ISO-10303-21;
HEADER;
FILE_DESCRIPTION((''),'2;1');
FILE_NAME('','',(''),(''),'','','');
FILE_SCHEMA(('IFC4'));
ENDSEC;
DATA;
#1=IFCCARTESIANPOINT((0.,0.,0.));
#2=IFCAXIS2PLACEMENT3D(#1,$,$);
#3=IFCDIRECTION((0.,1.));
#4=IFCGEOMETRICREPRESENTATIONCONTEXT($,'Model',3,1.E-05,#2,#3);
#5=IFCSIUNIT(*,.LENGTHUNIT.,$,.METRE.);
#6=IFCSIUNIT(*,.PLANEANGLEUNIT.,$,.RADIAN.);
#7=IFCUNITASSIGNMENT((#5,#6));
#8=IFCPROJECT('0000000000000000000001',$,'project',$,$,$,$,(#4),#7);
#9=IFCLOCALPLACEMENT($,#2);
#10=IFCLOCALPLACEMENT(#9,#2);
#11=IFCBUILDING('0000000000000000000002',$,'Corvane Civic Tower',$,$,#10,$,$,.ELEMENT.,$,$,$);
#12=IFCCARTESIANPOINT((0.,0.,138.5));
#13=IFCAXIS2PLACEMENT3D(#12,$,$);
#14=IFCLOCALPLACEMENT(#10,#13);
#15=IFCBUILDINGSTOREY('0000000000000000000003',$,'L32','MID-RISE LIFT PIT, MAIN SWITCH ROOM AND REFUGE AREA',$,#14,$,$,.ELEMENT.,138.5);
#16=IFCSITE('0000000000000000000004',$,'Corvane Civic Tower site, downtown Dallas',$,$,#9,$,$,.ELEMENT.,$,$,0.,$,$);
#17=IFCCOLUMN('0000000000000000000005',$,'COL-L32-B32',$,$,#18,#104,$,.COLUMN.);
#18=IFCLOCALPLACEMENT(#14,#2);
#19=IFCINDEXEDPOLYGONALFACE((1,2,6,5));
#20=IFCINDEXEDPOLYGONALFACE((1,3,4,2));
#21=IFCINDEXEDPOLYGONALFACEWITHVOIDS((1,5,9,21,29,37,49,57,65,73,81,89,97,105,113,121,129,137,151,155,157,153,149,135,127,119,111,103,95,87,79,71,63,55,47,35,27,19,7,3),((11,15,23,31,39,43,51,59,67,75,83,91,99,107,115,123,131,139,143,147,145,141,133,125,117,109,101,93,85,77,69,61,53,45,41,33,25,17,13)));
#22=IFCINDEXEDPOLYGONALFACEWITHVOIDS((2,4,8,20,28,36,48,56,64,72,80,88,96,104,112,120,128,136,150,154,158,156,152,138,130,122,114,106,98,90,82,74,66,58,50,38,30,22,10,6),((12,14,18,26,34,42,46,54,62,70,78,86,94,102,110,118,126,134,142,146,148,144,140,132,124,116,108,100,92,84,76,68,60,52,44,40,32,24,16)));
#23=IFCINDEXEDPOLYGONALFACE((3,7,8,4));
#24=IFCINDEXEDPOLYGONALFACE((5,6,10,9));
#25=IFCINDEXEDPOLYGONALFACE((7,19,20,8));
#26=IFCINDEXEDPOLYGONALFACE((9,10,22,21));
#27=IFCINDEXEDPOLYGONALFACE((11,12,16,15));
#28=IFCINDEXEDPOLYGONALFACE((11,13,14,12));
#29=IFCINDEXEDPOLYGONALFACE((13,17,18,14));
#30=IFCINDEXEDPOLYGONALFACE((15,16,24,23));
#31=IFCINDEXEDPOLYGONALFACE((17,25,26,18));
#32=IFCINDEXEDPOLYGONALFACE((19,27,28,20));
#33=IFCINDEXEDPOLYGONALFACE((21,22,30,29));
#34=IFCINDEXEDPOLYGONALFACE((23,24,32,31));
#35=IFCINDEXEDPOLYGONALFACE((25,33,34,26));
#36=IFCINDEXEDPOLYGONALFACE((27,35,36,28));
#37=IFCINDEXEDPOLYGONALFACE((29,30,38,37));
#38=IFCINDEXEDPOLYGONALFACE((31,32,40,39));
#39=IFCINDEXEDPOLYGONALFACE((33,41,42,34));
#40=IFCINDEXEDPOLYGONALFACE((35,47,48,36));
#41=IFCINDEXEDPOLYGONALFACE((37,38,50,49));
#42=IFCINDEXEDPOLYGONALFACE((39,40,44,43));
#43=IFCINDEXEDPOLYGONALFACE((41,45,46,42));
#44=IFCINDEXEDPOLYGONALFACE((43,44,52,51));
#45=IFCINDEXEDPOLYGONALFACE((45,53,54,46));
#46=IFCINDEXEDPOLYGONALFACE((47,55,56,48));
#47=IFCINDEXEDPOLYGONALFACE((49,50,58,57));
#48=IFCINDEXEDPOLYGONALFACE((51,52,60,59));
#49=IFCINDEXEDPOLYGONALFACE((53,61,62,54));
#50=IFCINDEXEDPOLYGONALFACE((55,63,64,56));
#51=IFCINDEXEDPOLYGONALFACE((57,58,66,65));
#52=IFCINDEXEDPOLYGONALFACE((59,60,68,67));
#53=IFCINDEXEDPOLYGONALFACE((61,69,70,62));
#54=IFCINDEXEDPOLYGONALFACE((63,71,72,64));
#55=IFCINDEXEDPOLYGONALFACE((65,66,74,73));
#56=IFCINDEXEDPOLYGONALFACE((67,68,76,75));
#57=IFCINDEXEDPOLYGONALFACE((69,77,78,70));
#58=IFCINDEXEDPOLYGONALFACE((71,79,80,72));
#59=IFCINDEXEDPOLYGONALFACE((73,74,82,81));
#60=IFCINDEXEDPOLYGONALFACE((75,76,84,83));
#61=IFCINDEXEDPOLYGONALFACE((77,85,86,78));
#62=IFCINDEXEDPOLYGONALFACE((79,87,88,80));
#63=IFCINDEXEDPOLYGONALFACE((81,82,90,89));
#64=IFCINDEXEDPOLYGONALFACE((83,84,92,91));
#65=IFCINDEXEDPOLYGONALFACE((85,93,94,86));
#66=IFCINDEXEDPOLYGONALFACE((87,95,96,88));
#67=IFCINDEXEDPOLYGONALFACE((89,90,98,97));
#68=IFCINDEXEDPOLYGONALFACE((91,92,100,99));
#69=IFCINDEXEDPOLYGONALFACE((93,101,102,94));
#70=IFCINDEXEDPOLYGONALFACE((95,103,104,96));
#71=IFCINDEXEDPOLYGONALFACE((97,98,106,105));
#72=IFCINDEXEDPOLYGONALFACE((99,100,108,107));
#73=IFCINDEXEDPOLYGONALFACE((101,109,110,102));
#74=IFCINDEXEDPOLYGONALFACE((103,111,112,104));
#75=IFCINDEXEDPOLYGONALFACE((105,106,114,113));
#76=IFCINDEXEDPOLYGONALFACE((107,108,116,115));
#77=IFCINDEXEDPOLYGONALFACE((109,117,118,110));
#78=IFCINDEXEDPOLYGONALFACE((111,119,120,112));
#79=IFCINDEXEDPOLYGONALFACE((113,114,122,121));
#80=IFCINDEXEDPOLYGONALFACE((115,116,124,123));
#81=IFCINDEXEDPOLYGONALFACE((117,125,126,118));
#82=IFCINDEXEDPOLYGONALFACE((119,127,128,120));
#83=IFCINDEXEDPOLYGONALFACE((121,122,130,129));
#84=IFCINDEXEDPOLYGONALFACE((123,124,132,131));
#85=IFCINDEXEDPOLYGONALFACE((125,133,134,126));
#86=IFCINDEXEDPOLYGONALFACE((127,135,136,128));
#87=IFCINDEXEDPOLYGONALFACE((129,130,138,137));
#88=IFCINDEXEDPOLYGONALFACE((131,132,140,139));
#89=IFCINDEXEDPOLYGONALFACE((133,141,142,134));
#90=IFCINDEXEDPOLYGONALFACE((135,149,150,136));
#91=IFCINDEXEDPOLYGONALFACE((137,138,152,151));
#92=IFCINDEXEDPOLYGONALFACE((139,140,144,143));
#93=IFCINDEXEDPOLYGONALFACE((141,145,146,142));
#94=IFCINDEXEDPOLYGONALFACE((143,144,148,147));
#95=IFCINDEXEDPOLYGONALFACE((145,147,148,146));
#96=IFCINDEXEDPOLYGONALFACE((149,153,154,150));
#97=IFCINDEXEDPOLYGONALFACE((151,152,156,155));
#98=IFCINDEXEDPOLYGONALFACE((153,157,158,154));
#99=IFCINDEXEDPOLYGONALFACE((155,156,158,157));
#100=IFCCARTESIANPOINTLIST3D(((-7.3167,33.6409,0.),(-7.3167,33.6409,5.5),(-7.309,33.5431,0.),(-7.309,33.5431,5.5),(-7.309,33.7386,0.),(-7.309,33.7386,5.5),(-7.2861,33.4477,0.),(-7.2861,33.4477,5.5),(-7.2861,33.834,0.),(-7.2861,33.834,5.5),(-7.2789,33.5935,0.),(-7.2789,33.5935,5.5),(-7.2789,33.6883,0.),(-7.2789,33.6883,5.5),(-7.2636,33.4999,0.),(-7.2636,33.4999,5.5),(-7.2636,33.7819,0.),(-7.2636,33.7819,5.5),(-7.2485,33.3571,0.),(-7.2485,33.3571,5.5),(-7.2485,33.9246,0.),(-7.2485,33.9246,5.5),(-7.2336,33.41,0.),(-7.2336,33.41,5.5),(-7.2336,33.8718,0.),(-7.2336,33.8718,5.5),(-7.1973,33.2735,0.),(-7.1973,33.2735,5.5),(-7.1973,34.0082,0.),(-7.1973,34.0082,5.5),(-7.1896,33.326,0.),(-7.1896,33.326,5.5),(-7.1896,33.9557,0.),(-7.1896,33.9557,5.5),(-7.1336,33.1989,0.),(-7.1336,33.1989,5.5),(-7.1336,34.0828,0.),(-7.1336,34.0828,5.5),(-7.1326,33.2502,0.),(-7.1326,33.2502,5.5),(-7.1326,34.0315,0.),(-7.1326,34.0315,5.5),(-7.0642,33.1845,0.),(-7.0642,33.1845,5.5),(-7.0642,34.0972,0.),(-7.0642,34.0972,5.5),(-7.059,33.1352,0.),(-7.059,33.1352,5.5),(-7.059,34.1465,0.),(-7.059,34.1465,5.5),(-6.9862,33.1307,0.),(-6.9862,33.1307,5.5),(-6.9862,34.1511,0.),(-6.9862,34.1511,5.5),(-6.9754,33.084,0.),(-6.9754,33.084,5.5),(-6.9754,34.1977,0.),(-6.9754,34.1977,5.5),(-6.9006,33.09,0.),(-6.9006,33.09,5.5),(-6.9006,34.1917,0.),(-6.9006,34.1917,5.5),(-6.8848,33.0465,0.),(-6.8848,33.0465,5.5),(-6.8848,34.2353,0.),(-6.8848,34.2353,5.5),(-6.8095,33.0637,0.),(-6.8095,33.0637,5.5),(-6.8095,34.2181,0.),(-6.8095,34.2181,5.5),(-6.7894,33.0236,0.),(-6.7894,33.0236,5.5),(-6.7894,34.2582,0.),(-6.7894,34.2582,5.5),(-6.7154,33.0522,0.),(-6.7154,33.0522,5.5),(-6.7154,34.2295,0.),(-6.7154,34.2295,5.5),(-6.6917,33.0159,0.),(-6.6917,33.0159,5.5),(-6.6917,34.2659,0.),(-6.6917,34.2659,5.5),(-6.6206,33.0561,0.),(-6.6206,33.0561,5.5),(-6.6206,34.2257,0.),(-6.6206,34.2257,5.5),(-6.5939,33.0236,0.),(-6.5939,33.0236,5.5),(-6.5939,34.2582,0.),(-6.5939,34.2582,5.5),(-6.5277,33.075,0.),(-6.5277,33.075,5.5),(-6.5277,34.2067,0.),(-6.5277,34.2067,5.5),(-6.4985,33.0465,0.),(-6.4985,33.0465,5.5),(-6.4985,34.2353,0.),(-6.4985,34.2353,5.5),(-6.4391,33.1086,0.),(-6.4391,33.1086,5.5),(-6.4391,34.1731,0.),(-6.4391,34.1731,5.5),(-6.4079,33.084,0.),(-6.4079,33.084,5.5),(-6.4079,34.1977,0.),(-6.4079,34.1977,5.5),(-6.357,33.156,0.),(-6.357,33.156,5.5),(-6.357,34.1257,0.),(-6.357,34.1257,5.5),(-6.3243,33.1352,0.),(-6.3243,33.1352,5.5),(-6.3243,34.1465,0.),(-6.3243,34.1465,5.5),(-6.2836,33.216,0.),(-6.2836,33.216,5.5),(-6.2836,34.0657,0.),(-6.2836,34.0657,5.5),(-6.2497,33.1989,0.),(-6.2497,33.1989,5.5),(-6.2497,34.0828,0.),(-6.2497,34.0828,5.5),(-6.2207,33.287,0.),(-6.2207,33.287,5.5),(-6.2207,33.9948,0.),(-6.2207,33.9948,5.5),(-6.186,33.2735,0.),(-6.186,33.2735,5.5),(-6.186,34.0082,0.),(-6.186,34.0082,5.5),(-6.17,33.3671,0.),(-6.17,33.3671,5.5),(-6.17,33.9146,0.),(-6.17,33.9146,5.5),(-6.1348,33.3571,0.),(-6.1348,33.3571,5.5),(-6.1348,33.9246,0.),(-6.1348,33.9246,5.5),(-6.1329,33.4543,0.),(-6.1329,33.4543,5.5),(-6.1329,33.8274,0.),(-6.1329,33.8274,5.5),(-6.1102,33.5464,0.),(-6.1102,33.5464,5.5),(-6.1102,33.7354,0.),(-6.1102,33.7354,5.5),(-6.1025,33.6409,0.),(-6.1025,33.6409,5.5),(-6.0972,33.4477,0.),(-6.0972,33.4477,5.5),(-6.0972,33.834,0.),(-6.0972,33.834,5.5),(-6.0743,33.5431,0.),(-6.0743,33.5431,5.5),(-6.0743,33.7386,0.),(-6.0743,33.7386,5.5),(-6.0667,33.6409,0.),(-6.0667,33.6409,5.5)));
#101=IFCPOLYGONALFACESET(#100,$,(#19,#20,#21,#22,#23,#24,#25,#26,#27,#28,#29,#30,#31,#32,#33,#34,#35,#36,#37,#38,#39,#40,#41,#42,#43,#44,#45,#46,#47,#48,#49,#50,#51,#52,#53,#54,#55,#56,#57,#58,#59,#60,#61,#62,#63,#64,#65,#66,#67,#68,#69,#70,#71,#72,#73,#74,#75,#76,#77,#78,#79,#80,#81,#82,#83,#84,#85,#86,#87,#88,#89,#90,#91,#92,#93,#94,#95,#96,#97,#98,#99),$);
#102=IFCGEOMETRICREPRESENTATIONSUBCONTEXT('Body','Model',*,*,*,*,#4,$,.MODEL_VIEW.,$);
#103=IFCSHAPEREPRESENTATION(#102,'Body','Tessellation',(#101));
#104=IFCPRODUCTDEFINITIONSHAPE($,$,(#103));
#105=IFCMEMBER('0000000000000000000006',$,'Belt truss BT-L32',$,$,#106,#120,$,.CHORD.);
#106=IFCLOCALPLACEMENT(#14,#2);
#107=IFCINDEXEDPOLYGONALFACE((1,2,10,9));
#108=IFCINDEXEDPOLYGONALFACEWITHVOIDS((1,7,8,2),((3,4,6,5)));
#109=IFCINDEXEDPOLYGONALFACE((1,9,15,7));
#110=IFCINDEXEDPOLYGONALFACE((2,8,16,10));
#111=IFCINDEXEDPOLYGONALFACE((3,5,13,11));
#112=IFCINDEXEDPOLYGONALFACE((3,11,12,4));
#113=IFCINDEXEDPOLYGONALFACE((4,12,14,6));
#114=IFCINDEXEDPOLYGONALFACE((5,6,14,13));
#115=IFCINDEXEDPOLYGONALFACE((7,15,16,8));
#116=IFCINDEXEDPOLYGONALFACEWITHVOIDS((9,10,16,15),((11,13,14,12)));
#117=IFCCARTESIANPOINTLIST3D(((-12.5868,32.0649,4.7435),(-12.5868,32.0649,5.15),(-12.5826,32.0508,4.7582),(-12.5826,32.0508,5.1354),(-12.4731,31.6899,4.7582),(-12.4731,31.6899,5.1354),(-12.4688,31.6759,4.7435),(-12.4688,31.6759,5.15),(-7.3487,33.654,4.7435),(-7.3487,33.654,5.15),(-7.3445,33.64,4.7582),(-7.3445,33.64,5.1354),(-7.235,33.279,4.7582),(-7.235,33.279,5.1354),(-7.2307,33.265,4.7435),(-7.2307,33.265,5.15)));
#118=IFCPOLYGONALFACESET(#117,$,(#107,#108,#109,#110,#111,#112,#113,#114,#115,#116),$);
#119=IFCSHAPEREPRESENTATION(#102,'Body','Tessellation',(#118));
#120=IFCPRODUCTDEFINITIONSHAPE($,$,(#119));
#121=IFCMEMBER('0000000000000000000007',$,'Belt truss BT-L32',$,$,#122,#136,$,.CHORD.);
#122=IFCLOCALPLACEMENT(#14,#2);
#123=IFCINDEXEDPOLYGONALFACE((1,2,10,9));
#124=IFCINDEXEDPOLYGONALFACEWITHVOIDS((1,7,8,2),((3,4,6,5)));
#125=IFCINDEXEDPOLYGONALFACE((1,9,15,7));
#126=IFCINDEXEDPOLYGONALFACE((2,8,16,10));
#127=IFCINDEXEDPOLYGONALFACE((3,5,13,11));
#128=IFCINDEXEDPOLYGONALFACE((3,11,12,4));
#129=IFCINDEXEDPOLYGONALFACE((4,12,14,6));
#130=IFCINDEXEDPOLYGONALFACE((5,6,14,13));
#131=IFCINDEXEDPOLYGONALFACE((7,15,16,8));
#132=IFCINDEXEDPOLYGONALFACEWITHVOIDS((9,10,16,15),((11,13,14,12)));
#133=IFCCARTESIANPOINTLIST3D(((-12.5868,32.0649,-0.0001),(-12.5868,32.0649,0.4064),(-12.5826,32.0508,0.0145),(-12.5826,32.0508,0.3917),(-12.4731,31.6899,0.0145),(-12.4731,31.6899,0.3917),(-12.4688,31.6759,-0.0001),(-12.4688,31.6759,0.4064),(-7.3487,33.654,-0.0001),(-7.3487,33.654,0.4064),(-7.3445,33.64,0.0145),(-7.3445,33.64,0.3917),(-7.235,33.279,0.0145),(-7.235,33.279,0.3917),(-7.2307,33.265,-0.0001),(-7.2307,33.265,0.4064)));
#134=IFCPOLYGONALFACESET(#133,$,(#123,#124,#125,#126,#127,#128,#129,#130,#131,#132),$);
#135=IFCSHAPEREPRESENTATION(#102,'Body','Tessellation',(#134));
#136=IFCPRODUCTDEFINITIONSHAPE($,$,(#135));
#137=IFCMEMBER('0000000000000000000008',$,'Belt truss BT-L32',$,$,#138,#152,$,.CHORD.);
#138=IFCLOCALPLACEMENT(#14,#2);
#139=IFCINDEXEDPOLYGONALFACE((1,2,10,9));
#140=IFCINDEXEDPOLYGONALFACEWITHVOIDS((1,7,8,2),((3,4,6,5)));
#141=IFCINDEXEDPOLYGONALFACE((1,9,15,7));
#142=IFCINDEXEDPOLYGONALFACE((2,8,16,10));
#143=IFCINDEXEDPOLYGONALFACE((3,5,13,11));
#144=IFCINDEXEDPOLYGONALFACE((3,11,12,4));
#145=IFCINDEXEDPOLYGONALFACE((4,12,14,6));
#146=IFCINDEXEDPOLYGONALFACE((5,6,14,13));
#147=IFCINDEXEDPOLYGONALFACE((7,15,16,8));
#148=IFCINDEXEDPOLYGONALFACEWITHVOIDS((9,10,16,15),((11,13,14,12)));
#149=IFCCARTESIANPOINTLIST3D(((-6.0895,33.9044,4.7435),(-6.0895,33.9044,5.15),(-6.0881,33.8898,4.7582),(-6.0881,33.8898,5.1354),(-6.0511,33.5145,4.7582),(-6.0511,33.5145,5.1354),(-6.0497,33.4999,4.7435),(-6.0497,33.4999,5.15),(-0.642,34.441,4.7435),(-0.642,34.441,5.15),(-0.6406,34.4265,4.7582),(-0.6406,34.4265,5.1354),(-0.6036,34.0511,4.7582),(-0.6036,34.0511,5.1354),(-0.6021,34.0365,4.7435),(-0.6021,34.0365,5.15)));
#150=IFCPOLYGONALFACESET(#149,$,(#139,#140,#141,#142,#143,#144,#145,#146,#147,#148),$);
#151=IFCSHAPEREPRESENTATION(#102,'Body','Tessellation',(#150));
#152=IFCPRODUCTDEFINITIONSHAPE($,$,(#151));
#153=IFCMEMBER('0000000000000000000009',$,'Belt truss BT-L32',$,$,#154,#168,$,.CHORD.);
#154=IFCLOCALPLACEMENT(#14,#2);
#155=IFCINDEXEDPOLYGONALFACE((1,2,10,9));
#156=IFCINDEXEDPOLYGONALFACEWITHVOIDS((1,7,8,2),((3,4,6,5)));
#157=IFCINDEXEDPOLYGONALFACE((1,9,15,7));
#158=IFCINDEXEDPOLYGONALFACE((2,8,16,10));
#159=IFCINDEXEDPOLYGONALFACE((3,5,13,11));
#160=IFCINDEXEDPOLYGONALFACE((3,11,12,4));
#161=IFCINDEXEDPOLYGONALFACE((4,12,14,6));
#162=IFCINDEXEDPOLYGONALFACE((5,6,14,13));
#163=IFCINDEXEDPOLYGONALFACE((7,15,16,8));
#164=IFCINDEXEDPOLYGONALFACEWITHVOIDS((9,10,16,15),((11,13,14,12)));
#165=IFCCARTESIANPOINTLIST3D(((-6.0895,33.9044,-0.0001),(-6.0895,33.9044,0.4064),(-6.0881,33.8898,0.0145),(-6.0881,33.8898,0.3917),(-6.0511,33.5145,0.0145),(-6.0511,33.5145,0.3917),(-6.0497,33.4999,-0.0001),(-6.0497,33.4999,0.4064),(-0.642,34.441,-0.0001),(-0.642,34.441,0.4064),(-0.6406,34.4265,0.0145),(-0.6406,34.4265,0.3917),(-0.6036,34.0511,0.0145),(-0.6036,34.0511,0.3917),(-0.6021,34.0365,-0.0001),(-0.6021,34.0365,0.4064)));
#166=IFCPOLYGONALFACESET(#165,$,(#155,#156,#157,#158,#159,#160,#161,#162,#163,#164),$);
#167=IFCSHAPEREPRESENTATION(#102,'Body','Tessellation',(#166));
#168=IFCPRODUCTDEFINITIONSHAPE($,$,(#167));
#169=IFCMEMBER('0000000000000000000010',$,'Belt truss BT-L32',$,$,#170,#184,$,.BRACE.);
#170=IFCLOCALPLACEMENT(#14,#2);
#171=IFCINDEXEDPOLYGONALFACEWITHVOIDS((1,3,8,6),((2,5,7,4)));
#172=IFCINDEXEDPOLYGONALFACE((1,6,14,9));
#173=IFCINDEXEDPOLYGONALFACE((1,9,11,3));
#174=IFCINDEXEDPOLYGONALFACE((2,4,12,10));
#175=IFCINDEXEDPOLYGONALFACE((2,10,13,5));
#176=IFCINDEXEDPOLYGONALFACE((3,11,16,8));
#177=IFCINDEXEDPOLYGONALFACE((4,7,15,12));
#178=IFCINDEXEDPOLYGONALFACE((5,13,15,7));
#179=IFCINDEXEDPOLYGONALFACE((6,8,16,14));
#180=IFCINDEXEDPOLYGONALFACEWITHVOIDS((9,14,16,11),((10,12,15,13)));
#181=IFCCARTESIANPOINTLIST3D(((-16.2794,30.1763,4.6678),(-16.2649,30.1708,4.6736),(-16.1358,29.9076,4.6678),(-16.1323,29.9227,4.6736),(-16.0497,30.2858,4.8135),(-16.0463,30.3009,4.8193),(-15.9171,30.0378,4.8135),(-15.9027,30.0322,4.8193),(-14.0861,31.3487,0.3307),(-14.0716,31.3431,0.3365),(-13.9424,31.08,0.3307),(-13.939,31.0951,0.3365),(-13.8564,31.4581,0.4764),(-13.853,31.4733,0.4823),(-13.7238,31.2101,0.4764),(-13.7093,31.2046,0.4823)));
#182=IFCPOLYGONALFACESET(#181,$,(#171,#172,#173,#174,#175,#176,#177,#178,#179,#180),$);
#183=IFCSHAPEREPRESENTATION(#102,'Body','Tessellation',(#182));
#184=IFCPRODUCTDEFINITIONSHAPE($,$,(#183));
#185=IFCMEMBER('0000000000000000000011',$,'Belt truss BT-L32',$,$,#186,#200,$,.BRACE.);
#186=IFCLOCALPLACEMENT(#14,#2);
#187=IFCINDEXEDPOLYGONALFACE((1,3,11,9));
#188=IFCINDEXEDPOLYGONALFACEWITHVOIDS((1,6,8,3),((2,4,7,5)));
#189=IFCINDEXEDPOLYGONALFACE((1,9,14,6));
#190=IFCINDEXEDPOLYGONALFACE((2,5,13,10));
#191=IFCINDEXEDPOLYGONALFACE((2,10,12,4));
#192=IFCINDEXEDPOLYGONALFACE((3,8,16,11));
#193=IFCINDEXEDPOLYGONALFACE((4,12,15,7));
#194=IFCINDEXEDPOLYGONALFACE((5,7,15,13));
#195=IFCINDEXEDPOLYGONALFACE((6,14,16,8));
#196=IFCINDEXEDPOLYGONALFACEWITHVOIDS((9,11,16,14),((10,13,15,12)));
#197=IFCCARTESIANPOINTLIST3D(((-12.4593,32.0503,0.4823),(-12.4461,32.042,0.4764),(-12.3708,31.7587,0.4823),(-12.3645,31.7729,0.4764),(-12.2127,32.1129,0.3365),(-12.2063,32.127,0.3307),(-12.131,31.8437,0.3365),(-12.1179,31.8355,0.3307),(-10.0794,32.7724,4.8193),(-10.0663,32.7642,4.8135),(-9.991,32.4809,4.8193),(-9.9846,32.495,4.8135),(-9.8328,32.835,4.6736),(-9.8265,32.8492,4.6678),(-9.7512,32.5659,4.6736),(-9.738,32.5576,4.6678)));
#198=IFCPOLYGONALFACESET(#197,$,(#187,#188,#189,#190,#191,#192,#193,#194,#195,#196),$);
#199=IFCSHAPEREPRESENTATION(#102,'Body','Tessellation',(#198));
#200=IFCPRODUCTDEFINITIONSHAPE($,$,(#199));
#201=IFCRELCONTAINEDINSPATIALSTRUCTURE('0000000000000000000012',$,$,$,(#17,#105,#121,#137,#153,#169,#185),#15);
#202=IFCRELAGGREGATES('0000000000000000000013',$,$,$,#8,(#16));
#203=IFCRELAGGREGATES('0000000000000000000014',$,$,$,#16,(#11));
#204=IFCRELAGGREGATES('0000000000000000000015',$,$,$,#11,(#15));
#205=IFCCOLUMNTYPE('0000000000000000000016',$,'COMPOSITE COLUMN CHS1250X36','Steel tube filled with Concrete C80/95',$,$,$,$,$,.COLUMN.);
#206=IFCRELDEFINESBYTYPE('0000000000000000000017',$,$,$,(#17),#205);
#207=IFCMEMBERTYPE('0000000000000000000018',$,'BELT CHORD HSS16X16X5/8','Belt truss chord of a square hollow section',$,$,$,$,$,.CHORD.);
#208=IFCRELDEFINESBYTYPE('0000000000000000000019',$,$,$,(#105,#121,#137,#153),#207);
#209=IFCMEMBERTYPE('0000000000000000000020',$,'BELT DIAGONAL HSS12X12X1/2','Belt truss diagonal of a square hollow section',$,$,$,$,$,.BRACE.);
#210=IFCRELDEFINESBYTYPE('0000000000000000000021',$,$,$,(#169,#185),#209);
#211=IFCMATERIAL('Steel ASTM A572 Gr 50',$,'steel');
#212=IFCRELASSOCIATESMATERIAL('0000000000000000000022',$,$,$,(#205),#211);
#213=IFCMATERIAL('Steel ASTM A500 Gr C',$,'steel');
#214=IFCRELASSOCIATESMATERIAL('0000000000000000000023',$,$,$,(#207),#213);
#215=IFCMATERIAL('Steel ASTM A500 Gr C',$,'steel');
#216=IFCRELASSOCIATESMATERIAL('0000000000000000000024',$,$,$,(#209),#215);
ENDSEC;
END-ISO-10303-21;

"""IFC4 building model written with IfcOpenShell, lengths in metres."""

from ifc_helpers import new_model, si_unit, direction, frame, origin, origin_2d, place, context, subcontext, project, spatial, hollow_rectangle, hollow_circle, extrude, material, material_profile, profile_set, type_object, element, save


model = new_model("IFC4")

# Units and contexts
model_context = context("Model", 3, precision=1e-05, world=origin(), true_north=direction((0.0, 1.0)))
body_context = subcontext(model_context, "Body", "Model", "MODEL_VIEW")
ifc_project = project(units=[si_unit("LENGTHUNIT", "METRE"), si_unit("PLANEANGLEUNIT", "RADIAN")], contexts=[model_context])

# Site, building, storey
site_placement = place(None, origin())
site = spatial("IfcSite", under=ifc_project, at=site_placement, Name="Corvane Civic Tower site, downtown Dallas", CompositionType="ELEMENT", RefElevation=0.0)
building_placement = place(site_placement, origin())
building = spatial("IfcBuilding", under=site, at=building_placement, Name="Corvane Civic Tower", CompositionType="ELEMENT")
storey_placement = place(building_placement, frame((0.0, 0.0, 138.5)))
storey = spatial("IfcBuildingStorey", under=building, at=storey_placement, Name="L32", Description="MID-RISE LIFT PIT, MAIN SWITCH ROOM AND REFUGE AREA", CompositionType="ELEMENT", Elevation=138.5)

# Column
ifc_material_1 = material(Name="Steel ASTM A572 Gr 50", Category="steel")
ifc_material_profile_1 = material_profile(ifc_material_1, hollow_circle(Radius=0.625, WallThickness=0.0359, at=origin_2d()), Name="CHS1250X36")
ifc_profile_set_1 = profile_set([ifc_material_profile_1], Name="Steel ASTM A572 Gr 50")
column_type = type_object("IfcColumnType", Name="COMPOSITE COLUMN CHS1250X36", Description="Steel tube filled with Concrete C80/95", PredefinedType="COLUMN", material=ifc_profile_set_1)
for number, where, z_axis, x_axis, name in (
    (1, (-6.6917, 33.6409, 0.0), (0.0, 0.0, 1.0), (1.0, 0.0, 0.0), "COL-L32-B32"),
):
    element("IfcColumn", number, at=place(storey_placement, frame(where, z_axis=z_axis, x_axis=x_axis)), inside=storey, type_object=column_type, Name=name, PredefinedType="COLUMN", context=body_context, shape_type="SweptSolid", body=[
        extrude(hollow_circle(Radius=0.625, WallThickness=0.0359, at=origin_2d()), origin(), (0.0, 0.0, 1.0), 5.5),
    ])

# Members
ifc_material_2 = material(Name="Steel ASTM A500 Gr C", Category="steel")
ifc_material_profile_2 = material_profile(ifc_material_2, hollow_rectangle(XDim=0.4065, YDim=0.4065, WallThickness=0.0146, at=origin_2d()), Name="HSS16X16X5/8")
ifc_profile_set_2 = profile_set([ifc_material_profile_2], Name="Steel ASTM A500 Gr C")
member_type_1 = type_object("IfcMemberType", Name="BELT CHORD HSS16X16X5/8", Description="Belt truss chord of a square hollow section", PredefinedType="CHORD", material=ifc_profile_set_2)
for number, where, z_axis, x_axis, name in (
    (2, (-12.5278, 31.8704, 4.9468), (0.956932, 0.290313, 0.0), (-0.290313, 0.956932, 0.0), "Belt truss BT-L32"),
    (3, (-12.5278, 31.8704, 0.2031), (0.956932, 0.290313, 0.0), (-0.290313, 0.956932, 0.0), "Belt truss BT-L32"),
    (4, (-6.0696, 33.7021, 4.9468), (0.995183, 0.098033, 0.0), (-0.098033, 0.995183, 0.0), "Belt truss BT-L32"),
    (5, (-6.0696, 33.7021, 0.2031), (0.995183, 0.098033, 0.0), (-0.098033, 0.995183, 0.0), "Belt truss BT-L32"),
):
    element("IfcMember", number, at=place(storey_placement, frame(where, z_axis=z_axis, x_axis=x_axis)), inside=storey, type_object=member_type_1, Name=name, PredefinedType="CHORD", context=body_context, shape_type="SweptSolid", body=[
        extrude(hollow_rectangle(XDim=0.4065, YDim=0.4065, WallThickness=0.0146, at=origin_2d()), origin(), (0.0, 0.0, 1.0), 5.4739),
    ])
ifc_material_3 = material(Name="Steel ASTM A500 Gr C", Category="steel")
ifc_material_profile_3 = material_profile(ifc_material_3, hollow_rectangle(XDim=0.3047, YDim=0.3047, WallThickness=0.0117, at=origin_2d()), Name="HSS12X12X1/2")
ifc_profile_set_3 = profile_set([ifc_material_profile_3], Name="Steel ASTM A500 Gr C")
member_type_2 = type_object("IfcMemberType", Name="BELT DIAGONAL HSS12X12X1/2", Description="Belt truss diagonal of a square hollow section", PredefinedType="BRACE", material=ifc_profile_set_3)
for number, where, z_axis, x_axis, name in (
    (6, (-13.8977, 31.2766, 0.4065), (-0.438705, -0.23449, 0.867498), (0.471393, -0.881923, 0.0), "Belt truss BT-L32"),
    (7, (-12.2886, 31.9429, 0.4065), (0.476012, 0.144444, 0.867496), (-0.290372, 0.956914, 0.0), "Belt truss BT-L32"),
):
    element("IfcMember", number, at=place(storey_placement, frame(where, z_axis=z_axis, x_axis=x_axis)), inside=storey, type_object=member_type_2, Name=name, PredefinedType="BRACE", context=body_context, shape_type="SweptSolid", body=[
        extrude(hollow_rectangle(XDim=0.3047, YDim=0.3047, WallThickness=0.0117, at=origin_2d()), origin(), (0.0, 0.0, 1.0), 4.9995),
    ])

save(model, "model.ifc")
